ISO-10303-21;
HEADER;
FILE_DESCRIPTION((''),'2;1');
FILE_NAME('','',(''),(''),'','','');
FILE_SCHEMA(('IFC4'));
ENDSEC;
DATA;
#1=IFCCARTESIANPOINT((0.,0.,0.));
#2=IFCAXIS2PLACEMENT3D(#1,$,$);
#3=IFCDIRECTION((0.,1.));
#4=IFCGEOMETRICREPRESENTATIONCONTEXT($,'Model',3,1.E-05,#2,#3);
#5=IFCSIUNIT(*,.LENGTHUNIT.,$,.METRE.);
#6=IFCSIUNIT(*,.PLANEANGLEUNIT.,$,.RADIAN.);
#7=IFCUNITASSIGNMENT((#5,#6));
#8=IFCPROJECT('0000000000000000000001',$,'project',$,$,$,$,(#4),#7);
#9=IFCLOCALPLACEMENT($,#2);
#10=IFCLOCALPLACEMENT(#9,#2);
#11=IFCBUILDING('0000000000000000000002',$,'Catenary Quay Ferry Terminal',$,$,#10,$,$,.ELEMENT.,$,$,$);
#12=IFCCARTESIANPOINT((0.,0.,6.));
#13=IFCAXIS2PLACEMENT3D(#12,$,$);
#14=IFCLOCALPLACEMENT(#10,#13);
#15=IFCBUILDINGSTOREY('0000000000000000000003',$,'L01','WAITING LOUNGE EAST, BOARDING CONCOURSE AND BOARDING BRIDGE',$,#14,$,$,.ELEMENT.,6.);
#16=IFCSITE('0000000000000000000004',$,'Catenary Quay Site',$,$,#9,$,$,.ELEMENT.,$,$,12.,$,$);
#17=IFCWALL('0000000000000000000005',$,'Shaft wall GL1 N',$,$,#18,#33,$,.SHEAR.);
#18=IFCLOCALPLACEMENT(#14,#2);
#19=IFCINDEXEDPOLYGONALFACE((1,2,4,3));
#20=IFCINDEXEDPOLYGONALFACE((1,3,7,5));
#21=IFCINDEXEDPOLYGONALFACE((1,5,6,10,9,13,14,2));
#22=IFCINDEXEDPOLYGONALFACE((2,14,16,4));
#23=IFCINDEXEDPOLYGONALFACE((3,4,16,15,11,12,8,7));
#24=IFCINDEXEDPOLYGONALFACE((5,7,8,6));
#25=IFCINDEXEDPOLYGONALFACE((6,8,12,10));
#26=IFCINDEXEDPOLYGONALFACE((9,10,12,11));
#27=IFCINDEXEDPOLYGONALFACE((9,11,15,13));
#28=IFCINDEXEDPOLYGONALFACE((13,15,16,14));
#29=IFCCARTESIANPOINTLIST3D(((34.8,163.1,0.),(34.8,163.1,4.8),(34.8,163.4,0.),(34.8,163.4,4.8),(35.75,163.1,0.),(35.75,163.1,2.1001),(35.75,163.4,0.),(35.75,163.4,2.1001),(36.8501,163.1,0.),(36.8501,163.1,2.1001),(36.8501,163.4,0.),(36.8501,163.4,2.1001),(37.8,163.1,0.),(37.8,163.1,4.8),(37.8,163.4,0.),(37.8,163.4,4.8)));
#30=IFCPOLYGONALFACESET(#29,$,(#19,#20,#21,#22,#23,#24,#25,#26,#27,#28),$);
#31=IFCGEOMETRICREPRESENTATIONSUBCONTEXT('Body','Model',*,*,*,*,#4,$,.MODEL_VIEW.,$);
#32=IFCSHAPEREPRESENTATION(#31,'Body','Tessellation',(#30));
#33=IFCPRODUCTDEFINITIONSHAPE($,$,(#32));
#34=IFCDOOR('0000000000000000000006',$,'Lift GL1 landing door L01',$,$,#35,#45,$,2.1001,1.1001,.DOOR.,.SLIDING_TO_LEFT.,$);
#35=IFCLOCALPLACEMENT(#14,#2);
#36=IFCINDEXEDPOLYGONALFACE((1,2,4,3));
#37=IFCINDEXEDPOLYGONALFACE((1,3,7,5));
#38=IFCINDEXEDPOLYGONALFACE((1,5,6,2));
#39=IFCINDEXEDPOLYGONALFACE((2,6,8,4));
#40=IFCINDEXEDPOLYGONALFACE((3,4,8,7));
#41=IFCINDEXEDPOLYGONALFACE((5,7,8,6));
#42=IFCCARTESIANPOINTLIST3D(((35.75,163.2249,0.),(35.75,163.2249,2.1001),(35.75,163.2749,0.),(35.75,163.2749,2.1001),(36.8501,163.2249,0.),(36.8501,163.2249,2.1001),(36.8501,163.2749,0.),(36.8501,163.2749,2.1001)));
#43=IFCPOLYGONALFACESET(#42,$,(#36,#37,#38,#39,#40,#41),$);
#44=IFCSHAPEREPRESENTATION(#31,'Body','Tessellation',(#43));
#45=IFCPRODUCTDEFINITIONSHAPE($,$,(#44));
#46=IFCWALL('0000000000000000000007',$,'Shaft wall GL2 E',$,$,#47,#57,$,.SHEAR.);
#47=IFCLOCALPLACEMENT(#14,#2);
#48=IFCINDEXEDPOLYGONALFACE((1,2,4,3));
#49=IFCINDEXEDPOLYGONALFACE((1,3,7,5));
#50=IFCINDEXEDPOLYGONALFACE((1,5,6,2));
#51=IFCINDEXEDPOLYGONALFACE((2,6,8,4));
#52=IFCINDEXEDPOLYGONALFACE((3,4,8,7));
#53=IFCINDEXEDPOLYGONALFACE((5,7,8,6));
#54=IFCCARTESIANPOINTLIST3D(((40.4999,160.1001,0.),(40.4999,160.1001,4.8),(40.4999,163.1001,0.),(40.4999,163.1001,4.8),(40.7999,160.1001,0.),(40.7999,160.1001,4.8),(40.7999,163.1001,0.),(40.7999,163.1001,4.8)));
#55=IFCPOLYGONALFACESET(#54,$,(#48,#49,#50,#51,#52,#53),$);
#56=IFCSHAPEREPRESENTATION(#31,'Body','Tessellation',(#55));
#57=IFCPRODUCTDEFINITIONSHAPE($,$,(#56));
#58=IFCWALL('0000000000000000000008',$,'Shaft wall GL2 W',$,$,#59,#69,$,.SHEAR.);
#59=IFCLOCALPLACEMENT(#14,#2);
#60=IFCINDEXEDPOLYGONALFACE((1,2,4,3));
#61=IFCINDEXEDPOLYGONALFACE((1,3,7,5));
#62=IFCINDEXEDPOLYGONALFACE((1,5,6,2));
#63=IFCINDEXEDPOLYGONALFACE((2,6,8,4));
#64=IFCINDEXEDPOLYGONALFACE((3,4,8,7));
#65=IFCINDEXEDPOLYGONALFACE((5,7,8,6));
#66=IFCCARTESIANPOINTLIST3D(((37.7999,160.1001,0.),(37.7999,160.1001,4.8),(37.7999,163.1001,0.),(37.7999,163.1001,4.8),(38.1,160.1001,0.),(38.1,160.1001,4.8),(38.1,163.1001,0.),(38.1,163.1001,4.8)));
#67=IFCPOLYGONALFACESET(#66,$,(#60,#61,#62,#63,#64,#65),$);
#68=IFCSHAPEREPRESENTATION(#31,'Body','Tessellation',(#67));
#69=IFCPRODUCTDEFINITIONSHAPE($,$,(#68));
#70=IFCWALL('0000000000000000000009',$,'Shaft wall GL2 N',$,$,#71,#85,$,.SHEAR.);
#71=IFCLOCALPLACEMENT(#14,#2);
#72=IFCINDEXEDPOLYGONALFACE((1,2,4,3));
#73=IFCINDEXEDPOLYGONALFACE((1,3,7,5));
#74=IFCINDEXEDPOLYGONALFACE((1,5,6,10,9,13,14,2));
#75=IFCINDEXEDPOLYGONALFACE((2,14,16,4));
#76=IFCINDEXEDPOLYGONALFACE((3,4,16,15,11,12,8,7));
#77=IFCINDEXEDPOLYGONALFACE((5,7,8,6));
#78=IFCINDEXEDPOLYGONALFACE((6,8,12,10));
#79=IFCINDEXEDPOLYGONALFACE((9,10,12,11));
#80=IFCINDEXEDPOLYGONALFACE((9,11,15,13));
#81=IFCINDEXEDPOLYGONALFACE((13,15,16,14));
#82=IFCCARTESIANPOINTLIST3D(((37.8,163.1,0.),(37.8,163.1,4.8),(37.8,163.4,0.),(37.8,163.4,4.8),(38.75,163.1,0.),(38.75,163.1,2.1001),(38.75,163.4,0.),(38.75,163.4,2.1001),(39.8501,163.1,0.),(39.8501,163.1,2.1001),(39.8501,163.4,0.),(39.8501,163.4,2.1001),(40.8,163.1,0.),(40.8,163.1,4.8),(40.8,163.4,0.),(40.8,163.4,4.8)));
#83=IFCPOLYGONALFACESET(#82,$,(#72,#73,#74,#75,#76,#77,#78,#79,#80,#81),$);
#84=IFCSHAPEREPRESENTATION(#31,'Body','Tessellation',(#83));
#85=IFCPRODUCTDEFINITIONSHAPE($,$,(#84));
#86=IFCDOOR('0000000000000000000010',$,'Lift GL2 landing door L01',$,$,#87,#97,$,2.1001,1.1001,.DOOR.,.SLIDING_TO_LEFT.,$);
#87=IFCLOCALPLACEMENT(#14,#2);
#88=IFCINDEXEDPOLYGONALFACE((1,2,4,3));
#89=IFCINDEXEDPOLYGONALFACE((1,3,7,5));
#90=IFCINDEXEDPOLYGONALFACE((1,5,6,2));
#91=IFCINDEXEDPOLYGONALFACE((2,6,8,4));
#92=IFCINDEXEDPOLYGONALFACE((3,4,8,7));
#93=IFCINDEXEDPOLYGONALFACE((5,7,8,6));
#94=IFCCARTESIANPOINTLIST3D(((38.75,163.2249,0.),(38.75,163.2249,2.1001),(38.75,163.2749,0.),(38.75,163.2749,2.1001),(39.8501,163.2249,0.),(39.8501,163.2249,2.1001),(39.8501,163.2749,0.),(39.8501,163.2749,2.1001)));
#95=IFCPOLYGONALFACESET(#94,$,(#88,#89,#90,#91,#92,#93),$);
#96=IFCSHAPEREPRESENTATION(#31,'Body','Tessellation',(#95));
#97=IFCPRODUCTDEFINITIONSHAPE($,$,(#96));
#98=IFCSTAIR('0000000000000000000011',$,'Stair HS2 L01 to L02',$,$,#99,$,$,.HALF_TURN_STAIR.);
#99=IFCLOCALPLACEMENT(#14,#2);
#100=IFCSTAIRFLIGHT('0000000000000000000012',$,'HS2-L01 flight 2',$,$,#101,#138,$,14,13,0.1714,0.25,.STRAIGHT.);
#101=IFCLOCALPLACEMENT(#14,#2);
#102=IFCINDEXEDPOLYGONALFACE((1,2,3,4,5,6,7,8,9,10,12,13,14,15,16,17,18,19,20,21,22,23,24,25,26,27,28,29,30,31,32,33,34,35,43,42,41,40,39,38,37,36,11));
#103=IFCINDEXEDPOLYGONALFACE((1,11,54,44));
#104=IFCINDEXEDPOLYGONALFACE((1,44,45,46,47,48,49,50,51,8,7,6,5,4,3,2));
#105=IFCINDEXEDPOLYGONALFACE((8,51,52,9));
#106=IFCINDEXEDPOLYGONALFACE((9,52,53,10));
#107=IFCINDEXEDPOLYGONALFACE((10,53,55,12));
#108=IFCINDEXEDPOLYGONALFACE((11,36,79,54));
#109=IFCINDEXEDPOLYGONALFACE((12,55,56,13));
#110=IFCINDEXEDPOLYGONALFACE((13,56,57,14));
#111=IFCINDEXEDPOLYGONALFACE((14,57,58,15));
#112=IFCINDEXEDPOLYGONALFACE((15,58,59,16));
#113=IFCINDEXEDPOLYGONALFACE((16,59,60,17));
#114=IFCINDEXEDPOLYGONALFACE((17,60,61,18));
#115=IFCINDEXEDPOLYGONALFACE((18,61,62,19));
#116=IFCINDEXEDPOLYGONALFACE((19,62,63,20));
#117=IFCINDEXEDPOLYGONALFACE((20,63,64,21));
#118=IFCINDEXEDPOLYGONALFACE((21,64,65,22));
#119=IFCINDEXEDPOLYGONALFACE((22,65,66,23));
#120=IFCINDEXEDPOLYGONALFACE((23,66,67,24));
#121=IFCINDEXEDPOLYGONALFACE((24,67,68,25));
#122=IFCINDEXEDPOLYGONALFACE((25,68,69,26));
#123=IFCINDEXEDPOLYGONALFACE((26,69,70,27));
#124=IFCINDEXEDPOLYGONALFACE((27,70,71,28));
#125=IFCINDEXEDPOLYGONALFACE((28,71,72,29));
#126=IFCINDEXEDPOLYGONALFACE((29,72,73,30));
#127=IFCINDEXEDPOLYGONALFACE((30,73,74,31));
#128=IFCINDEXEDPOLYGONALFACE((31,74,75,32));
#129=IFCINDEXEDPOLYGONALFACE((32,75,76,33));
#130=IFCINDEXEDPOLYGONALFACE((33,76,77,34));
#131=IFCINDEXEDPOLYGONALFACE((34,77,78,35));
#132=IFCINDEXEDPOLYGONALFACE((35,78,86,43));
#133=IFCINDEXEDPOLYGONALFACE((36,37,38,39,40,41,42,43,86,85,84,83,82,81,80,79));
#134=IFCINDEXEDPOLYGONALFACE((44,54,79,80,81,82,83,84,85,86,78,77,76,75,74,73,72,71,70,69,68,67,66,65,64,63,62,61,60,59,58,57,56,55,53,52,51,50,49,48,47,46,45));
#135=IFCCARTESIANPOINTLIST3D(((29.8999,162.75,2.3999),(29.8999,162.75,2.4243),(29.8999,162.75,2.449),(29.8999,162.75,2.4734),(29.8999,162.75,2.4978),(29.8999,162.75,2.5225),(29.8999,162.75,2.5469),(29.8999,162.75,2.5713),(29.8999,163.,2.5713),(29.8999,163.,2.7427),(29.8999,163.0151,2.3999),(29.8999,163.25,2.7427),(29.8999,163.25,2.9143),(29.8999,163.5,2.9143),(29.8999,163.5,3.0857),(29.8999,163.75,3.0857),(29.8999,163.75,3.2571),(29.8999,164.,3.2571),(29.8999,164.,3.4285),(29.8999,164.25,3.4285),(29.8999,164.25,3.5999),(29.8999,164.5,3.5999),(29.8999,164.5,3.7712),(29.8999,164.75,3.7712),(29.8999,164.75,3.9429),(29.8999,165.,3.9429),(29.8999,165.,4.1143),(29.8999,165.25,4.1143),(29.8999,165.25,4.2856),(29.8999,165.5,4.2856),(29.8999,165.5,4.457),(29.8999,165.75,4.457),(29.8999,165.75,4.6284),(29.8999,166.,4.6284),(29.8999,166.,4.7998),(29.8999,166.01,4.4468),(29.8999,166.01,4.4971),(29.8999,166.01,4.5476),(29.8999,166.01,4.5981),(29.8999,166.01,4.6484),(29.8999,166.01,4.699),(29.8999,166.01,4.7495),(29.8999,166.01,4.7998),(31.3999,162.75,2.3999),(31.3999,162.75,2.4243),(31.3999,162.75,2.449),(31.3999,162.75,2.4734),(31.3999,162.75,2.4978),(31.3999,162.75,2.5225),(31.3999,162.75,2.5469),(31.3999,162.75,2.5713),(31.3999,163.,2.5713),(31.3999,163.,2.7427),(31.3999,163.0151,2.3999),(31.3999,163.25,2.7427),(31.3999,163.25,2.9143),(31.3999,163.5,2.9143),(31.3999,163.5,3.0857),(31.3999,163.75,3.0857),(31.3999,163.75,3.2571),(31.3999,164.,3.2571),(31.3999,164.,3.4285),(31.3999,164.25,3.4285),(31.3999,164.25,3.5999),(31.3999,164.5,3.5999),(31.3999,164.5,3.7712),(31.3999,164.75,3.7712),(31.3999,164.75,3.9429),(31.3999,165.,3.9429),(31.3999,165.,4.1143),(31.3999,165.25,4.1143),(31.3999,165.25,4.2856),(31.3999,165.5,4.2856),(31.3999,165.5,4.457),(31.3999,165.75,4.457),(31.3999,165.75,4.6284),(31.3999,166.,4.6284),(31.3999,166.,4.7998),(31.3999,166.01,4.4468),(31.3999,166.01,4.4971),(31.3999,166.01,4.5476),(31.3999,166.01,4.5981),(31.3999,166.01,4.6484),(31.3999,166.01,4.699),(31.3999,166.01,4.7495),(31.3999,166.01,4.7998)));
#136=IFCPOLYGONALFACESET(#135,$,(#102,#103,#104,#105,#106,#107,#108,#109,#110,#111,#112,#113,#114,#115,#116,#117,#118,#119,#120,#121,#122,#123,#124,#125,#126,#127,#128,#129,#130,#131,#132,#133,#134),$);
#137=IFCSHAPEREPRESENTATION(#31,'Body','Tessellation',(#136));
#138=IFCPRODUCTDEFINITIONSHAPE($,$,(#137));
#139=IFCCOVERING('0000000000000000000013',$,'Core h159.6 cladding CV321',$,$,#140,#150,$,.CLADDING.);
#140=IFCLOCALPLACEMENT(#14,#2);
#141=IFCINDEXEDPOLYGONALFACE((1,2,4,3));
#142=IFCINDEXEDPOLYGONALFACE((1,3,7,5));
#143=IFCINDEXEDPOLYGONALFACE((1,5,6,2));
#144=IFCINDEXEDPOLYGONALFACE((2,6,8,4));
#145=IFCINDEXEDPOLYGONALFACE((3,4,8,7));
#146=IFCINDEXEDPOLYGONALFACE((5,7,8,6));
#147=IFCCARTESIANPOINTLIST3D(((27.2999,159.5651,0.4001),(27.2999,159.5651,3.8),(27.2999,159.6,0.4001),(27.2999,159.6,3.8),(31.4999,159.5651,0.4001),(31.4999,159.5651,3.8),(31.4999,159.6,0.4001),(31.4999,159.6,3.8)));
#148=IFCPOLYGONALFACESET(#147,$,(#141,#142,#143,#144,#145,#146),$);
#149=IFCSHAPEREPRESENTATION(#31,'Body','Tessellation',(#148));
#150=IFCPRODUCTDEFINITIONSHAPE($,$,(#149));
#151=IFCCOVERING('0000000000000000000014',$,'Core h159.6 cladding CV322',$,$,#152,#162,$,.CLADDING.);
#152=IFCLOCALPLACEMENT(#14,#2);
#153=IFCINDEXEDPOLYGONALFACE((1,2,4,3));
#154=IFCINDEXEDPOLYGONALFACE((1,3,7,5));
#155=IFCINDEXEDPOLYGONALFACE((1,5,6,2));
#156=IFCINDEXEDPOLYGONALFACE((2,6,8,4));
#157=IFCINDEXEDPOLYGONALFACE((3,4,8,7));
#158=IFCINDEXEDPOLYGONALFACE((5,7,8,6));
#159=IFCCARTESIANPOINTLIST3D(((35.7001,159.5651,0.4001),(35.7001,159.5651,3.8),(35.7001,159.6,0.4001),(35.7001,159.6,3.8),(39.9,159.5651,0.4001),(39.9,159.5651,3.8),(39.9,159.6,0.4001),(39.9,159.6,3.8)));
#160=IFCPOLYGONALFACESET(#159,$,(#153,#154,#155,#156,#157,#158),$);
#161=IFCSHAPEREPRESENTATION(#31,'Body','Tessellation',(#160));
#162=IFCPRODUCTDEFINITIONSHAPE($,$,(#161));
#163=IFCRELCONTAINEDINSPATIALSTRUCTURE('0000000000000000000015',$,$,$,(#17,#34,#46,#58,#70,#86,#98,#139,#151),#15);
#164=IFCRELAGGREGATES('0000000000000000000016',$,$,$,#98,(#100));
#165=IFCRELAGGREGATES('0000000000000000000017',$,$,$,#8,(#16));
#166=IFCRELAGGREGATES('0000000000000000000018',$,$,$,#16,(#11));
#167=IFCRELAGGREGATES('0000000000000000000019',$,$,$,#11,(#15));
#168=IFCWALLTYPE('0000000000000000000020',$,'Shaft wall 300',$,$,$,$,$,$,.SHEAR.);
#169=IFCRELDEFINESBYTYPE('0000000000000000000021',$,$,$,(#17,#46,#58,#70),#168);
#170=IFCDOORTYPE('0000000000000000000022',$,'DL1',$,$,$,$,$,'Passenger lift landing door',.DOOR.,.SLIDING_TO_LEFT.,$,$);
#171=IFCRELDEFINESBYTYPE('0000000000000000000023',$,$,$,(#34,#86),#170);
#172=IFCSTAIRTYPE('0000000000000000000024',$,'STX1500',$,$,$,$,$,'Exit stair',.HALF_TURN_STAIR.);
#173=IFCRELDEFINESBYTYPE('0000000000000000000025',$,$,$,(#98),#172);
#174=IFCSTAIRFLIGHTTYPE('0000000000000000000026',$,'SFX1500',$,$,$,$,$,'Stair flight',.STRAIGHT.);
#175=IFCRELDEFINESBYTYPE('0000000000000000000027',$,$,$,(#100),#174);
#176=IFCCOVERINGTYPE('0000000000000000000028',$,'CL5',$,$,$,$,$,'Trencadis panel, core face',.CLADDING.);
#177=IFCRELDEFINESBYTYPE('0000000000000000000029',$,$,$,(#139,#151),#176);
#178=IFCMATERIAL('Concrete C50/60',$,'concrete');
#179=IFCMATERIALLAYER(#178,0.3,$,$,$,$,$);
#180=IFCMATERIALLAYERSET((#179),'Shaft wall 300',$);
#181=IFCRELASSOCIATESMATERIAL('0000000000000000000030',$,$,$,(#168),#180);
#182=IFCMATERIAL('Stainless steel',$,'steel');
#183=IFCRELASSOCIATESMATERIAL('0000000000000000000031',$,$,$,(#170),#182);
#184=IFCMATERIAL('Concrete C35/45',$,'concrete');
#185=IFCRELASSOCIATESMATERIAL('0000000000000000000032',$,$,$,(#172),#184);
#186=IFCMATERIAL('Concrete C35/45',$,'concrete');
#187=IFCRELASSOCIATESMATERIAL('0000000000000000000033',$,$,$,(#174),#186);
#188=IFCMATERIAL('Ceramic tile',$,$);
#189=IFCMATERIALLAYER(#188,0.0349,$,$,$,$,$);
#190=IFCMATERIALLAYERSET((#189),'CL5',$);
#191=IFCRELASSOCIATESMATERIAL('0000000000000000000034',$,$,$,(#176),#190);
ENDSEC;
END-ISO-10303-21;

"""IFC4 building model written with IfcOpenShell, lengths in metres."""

from ifc_helpers import new_model, si_unit, direction, frame, frame_2d, origin, origin_2d, place, context, subcontext, project, spatial, polyline, rectangle, outline, extrude, material, layer, layer_set, type_object, element, fill, aggregate, save


model = new_model("IFC4")

# Units and contexts
model_context = context("Model", 3, precision=1e-05, world=origin(), true_north=direction((0.0, 1.0)))
body_context = subcontext(model_context, "Body", "Model", "MODEL_VIEW")
ifc_project = project(units=[si_unit("LENGTHUNIT", "METRE"), si_unit("PLANEANGLEUNIT", "RADIAN")], contexts=[model_context])

# Site, building, storey
site_placement = place(None, origin())
site = spatial("IfcSite", under=ifc_project, at=site_placement, Name="Catenary Quay Site", CompositionType="ELEMENT", RefElevation=12.0)
building_placement = place(site_placement, origin())
building = spatial("IfcBuilding", under=site, at=building_placement, Name="Catenary Quay Ferry Terminal", CompositionType="ELEMENT")
storey_placement = place(building_placement, frame((0.0, 0.0, 6.0)))
storey = spatial("IfcBuildingStorey", under=building, at=storey_placement, Name="L01", Description="WAITING LOUNGE EAST, BOARDING CONCOURSE AND BOARDING BRIDGE", CompositionType="ELEMENT", Elevation=6.0)

# Shared definitions
ifc_material_1 = material(Name="Concrete C50/60", Category="concrete")
ifc_layer_1 = layer(ifc_material_1, 0.3)
ifc_layer_set_1 = layer_set([ifc_layer_1], Name="Shaft wall 300")
wall_type_1 = type_object("IfcWallType", Name="Shaft wall 300", PredefinedType="SHEAR", material=ifc_layer_set_1)

# Wall, opening, door
wall_1_placement = place(storey_placement, frame((34.8, 163.25, 0.0), z_axis=(0.0, 0.0, 1.0), x_axis=(1.0, 0.0, 0.0)))
wall_1 = element("IfcWall", 1, at=wall_1_placement, inside=storey, type_object=wall_type_1, Name="Shaft wall GL1 N", PredefinedType="SHEAR", context=body_context, shape_type="SweptSolid", body=[
    extrude(rectangle(XDim=3.0, YDim=0.3, at=frame_2d((1.5, 0.0))), origin(), (0.0, 0.0, 1.0), 4.8),
])
opening_1_placement = place(wall_1_placement, frame((0.95, 0.0, 0.0)))
opening_1 = element("IfcOpeningElement", 2, at=opening_1_placement, cuts=wall_1, PredefinedType="OPENING", context=body_context, shape_type="SweptSolid", body=[
    extrude(rectangle(XDim=1.1001, YDim=2.1001, at=frame_2d((0.55, 1.05))), frame((0.0, 0.1599, 0.0), z_axis=(0.0, -1.0, 0.0), x_axis=(1.0, 0.0, 0.0)), (0.0, 0.0, 1.0), 0.3201),
])
ifc_material_2 = material(Name="Stainless steel", Category="steel")
door_type_1 = type_object("IfcDoorType", Name="DL1", ElementType="Passenger lift landing door", OperationType="SLIDING_TO_LEFT", PredefinedType="DOOR", material=ifc_material_2)
door_1_placement = place(opening_1_placement, origin())
door_1 = element("IfcDoor", 3, at=door_1_placement, inside=storey, type_object=door_type_1, Name="Lift GL1 landing door L01", OperationType="SLIDING_TO_LEFT", OverallHeight=2.1001, OverallWidth=1.1001, PredefinedType="DOOR", context=body_context, shape_type="SweptSolid", body=[
    extrude(rectangle(XDim=1.1001, YDim=2.1001, at=frame_2d((0.55, 1.05))), frame((0.0, 0.0249, 0.0), z_axis=(0.0, -1.0, 0.0), x_axis=(1.0, 0.0, 0.0)), (0.0, 0.0, 1.0), 0.05),
])
fill(opening_1, door_1)

# Walls
for number, where, z_axis, x_axis, name in (
    (4, (40.6499, 160.1001, 0.0), (0.0, 0.0, 1.0), (0.0, 1.0, 0.0), "Shaft wall GL2 E"),
    (5, (37.95, 160.1001, 0.0), (0.0, 0.0, 1.0), (0.0, 1.0, 0.0), "Shaft wall GL2 W"),
):
    element("IfcWall", number, at=place(storey_placement, frame(where, z_axis=z_axis, x_axis=x_axis)), inside=storey, type_object=wall_type_1, Name=name, PredefinedType="SHEAR", context=body_context, shape_type="SweptSolid", body=[
        extrude(rectangle(XDim=3.0, YDim=0.3, at=frame_2d((1.5, 0.0))), origin(), (0.0, 0.0, 1.0), 4.8),
    ])

# Wall, opening, door
wall_2_placement = place(storey_placement, frame((37.8, 163.25, 0.0), z_axis=(0.0, 0.0, 1.0), x_axis=(1.0, 0.0, 0.0)))
wall_2 = element("IfcWall", 6, at=wall_2_placement, inside=storey, type_object=wall_type_1, Name="Shaft wall GL2 N", PredefinedType="SHEAR", context=body_context, shape_type="SweptSolid", body=[
    extrude(rectangle(XDim=3.0, YDim=0.3, at=frame_2d((1.5, 0.0))), origin(), (0.0, 0.0, 1.0), 4.8),
])
opening_2_placement = place(wall_2_placement, frame((0.95, 0.0, 0.0)))
opening_2 = element("IfcOpeningElement", 7, at=opening_2_placement, cuts=wall_2, PredefinedType="OPENING", context=body_context, shape_type="SweptSolid", body=[
    extrude(rectangle(XDim=1.1001, YDim=2.1001, at=frame_2d((0.55, 1.05))), frame((0.0, 0.1599, 0.0), z_axis=(0.0, -1.0, 0.0), x_axis=(1.0, 0.0, 0.0)), (0.0, 0.0, 1.0), 0.3201),
])
door_2_placement = place(opening_2_placement, origin())
door_2 = element("IfcDoor", 8, at=door_2_placement, inside=storey, type_object=door_type_1, Name="Lift GL2 landing door L01", OperationType="SLIDING_TO_LEFT", OverallHeight=2.1001, OverallWidth=1.1001, PredefinedType="DOOR", context=body_context, shape_type="SweptSolid", body=[
    extrude(rectangle(XDim=1.1001, YDim=2.1001, at=frame_2d((0.55, 1.05))), frame((0.0, 0.0249, 0.0), z_axis=(0.0, -1.0, 0.0), x_axis=(1.0, 0.0, 0.0)), (0.0, 0.0, 1.0), 0.05),
])
fill(opening_2, door_2)

# Stair, stair flight
ifc_material_3 = material(Name="Concrete C35/45", Category="concrete")
stair_type = type_object("IfcStairType", Name="STX1500", ElementType="Exit stair", PredefinedType="HALF_TURN_STAIR", material=ifc_material_3)
stair_placement = place(storey_placement, origin())
stair = element("IfcStair", 9, at=stair_placement, inside=storey, type_object=stair_type, Name="Stair HS2 L01 to L02", PredefinedType="HALF_TURN_STAIR")
ifc_material_4 = material(Name="Concrete C35/45", Category="concrete")
stair_flight_type = type_object("IfcStairFlightType", Name="SFX1500", ElementType="Stair flight", PredefinedType="STRAIGHT", material=ifc_material_4)
stair_flight_placement = place(storey_placement, frame((30.6499, 162.75, 2.3999), z_axis=(0.0, 0.0, 1.0), x_axis=(0.0, 1.0, 0.0)))
stair_flight = element("IfcStairFlight", 10, at=stair_flight_placement, type_object=stair_flight_type, Name="HS2-L01 flight 2", NumberOfRisers=14, NumberOfTreads=13, PredefinedType="STRAIGHT", RiserHeight=0.1714, TreadLength=0.25, context=body_context, shape_type="SweptSolid", body=[
    extrude(outline(polyline([(0.0, 0.0), (0.0, 0.0244), (0.0, 0.0491), (0.0, 0.0735), (0.0, 0.0979), (0.0, 0.1226), (0.0, 0.147), (0.0, 0.1714), (0.25, 0.1714), (0.25, 0.3428), (0.5, 0.3428), (0.5, 0.5144), (0.75, 0.5144), (0.75, 0.6858), (1.0, 0.6858), (1.0, 0.8572), (1.25, 0.8572), (1.25, 1.0286), (1.5, 1.0286), (1.5, 1.2), (1.75, 1.2), (1.75, 1.3713), (2.0, 1.3713), (2.0, 1.543), (2.25, 1.543), (2.25, 1.7144), (2.5, 1.7144), (2.5, 1.8857), (2.75, 1.8857), (2.75, 2.0571), (3.0, 2.0571), (3.0, 2.2285), (3.25, 2.2285), (3.25, 2.3999), (3.26, 2.3999), (3.26, 2.3496), (3.26, 2.2991), (3.26, 2.2485), (3.26, 2.1982), (3.26, 2.1477), (3.26, 2.0972), (3.26, 2.0469), (0.2651, 0.0), (0.0, 0.0)])), frame((0.0, 0.75, 0.0), z_axis=(0.0, -1.0, 0.0), x_axis=(1.0, 0.0, 0.0)), (0.0, 0.0, 1.0), 1.5),
])
aggregate(stair, [stair_flight])

# Coverings
ifc_material_5 = material(Name="Ceramic tile")
ifc_layer_2 = layer(ifc_material_5, 0.0349)
ifc_layer_set_2 = layer_set([ifc_layer_2], Name="CL5")
covering_type = type_object("IfcCoveringType", Name="CL5", ElementType="Trencadis panel, core face", PredefinedType="CLADDING", material=ifc_layer_set_2)
for number, where, z_axis, x_axis, name in (
    (11, (29.3999, 159.5825, 0.4001), (0.0, 0.0, 1.0), (1.0, 0.0, 0.0), "Core h159.6 cladding CV321"),
    (12, (37.8, 159.5825, 0.4001), (0.0, 0.0, 1.0), (1.0, 0.0, 0.0), "Core h159.6 cladding CV322"),
):
    element("IfcCovering", number, at=place(storey_placement, frame(where, z_axis=z_axis, x_axis=x_axis)), inside=storey, type_object=covering_type, Name=name, PredefinedType="CLADDING", context=body_context, shape_type="SweptSolid", body=[
        extrude(rectangle(XDim=4.2, YDim=0.0349, at=origin_2d()), origin(), (0.0, 0.0, 1.0), 3.3999),
    ])

save(model, "model.ifc")
